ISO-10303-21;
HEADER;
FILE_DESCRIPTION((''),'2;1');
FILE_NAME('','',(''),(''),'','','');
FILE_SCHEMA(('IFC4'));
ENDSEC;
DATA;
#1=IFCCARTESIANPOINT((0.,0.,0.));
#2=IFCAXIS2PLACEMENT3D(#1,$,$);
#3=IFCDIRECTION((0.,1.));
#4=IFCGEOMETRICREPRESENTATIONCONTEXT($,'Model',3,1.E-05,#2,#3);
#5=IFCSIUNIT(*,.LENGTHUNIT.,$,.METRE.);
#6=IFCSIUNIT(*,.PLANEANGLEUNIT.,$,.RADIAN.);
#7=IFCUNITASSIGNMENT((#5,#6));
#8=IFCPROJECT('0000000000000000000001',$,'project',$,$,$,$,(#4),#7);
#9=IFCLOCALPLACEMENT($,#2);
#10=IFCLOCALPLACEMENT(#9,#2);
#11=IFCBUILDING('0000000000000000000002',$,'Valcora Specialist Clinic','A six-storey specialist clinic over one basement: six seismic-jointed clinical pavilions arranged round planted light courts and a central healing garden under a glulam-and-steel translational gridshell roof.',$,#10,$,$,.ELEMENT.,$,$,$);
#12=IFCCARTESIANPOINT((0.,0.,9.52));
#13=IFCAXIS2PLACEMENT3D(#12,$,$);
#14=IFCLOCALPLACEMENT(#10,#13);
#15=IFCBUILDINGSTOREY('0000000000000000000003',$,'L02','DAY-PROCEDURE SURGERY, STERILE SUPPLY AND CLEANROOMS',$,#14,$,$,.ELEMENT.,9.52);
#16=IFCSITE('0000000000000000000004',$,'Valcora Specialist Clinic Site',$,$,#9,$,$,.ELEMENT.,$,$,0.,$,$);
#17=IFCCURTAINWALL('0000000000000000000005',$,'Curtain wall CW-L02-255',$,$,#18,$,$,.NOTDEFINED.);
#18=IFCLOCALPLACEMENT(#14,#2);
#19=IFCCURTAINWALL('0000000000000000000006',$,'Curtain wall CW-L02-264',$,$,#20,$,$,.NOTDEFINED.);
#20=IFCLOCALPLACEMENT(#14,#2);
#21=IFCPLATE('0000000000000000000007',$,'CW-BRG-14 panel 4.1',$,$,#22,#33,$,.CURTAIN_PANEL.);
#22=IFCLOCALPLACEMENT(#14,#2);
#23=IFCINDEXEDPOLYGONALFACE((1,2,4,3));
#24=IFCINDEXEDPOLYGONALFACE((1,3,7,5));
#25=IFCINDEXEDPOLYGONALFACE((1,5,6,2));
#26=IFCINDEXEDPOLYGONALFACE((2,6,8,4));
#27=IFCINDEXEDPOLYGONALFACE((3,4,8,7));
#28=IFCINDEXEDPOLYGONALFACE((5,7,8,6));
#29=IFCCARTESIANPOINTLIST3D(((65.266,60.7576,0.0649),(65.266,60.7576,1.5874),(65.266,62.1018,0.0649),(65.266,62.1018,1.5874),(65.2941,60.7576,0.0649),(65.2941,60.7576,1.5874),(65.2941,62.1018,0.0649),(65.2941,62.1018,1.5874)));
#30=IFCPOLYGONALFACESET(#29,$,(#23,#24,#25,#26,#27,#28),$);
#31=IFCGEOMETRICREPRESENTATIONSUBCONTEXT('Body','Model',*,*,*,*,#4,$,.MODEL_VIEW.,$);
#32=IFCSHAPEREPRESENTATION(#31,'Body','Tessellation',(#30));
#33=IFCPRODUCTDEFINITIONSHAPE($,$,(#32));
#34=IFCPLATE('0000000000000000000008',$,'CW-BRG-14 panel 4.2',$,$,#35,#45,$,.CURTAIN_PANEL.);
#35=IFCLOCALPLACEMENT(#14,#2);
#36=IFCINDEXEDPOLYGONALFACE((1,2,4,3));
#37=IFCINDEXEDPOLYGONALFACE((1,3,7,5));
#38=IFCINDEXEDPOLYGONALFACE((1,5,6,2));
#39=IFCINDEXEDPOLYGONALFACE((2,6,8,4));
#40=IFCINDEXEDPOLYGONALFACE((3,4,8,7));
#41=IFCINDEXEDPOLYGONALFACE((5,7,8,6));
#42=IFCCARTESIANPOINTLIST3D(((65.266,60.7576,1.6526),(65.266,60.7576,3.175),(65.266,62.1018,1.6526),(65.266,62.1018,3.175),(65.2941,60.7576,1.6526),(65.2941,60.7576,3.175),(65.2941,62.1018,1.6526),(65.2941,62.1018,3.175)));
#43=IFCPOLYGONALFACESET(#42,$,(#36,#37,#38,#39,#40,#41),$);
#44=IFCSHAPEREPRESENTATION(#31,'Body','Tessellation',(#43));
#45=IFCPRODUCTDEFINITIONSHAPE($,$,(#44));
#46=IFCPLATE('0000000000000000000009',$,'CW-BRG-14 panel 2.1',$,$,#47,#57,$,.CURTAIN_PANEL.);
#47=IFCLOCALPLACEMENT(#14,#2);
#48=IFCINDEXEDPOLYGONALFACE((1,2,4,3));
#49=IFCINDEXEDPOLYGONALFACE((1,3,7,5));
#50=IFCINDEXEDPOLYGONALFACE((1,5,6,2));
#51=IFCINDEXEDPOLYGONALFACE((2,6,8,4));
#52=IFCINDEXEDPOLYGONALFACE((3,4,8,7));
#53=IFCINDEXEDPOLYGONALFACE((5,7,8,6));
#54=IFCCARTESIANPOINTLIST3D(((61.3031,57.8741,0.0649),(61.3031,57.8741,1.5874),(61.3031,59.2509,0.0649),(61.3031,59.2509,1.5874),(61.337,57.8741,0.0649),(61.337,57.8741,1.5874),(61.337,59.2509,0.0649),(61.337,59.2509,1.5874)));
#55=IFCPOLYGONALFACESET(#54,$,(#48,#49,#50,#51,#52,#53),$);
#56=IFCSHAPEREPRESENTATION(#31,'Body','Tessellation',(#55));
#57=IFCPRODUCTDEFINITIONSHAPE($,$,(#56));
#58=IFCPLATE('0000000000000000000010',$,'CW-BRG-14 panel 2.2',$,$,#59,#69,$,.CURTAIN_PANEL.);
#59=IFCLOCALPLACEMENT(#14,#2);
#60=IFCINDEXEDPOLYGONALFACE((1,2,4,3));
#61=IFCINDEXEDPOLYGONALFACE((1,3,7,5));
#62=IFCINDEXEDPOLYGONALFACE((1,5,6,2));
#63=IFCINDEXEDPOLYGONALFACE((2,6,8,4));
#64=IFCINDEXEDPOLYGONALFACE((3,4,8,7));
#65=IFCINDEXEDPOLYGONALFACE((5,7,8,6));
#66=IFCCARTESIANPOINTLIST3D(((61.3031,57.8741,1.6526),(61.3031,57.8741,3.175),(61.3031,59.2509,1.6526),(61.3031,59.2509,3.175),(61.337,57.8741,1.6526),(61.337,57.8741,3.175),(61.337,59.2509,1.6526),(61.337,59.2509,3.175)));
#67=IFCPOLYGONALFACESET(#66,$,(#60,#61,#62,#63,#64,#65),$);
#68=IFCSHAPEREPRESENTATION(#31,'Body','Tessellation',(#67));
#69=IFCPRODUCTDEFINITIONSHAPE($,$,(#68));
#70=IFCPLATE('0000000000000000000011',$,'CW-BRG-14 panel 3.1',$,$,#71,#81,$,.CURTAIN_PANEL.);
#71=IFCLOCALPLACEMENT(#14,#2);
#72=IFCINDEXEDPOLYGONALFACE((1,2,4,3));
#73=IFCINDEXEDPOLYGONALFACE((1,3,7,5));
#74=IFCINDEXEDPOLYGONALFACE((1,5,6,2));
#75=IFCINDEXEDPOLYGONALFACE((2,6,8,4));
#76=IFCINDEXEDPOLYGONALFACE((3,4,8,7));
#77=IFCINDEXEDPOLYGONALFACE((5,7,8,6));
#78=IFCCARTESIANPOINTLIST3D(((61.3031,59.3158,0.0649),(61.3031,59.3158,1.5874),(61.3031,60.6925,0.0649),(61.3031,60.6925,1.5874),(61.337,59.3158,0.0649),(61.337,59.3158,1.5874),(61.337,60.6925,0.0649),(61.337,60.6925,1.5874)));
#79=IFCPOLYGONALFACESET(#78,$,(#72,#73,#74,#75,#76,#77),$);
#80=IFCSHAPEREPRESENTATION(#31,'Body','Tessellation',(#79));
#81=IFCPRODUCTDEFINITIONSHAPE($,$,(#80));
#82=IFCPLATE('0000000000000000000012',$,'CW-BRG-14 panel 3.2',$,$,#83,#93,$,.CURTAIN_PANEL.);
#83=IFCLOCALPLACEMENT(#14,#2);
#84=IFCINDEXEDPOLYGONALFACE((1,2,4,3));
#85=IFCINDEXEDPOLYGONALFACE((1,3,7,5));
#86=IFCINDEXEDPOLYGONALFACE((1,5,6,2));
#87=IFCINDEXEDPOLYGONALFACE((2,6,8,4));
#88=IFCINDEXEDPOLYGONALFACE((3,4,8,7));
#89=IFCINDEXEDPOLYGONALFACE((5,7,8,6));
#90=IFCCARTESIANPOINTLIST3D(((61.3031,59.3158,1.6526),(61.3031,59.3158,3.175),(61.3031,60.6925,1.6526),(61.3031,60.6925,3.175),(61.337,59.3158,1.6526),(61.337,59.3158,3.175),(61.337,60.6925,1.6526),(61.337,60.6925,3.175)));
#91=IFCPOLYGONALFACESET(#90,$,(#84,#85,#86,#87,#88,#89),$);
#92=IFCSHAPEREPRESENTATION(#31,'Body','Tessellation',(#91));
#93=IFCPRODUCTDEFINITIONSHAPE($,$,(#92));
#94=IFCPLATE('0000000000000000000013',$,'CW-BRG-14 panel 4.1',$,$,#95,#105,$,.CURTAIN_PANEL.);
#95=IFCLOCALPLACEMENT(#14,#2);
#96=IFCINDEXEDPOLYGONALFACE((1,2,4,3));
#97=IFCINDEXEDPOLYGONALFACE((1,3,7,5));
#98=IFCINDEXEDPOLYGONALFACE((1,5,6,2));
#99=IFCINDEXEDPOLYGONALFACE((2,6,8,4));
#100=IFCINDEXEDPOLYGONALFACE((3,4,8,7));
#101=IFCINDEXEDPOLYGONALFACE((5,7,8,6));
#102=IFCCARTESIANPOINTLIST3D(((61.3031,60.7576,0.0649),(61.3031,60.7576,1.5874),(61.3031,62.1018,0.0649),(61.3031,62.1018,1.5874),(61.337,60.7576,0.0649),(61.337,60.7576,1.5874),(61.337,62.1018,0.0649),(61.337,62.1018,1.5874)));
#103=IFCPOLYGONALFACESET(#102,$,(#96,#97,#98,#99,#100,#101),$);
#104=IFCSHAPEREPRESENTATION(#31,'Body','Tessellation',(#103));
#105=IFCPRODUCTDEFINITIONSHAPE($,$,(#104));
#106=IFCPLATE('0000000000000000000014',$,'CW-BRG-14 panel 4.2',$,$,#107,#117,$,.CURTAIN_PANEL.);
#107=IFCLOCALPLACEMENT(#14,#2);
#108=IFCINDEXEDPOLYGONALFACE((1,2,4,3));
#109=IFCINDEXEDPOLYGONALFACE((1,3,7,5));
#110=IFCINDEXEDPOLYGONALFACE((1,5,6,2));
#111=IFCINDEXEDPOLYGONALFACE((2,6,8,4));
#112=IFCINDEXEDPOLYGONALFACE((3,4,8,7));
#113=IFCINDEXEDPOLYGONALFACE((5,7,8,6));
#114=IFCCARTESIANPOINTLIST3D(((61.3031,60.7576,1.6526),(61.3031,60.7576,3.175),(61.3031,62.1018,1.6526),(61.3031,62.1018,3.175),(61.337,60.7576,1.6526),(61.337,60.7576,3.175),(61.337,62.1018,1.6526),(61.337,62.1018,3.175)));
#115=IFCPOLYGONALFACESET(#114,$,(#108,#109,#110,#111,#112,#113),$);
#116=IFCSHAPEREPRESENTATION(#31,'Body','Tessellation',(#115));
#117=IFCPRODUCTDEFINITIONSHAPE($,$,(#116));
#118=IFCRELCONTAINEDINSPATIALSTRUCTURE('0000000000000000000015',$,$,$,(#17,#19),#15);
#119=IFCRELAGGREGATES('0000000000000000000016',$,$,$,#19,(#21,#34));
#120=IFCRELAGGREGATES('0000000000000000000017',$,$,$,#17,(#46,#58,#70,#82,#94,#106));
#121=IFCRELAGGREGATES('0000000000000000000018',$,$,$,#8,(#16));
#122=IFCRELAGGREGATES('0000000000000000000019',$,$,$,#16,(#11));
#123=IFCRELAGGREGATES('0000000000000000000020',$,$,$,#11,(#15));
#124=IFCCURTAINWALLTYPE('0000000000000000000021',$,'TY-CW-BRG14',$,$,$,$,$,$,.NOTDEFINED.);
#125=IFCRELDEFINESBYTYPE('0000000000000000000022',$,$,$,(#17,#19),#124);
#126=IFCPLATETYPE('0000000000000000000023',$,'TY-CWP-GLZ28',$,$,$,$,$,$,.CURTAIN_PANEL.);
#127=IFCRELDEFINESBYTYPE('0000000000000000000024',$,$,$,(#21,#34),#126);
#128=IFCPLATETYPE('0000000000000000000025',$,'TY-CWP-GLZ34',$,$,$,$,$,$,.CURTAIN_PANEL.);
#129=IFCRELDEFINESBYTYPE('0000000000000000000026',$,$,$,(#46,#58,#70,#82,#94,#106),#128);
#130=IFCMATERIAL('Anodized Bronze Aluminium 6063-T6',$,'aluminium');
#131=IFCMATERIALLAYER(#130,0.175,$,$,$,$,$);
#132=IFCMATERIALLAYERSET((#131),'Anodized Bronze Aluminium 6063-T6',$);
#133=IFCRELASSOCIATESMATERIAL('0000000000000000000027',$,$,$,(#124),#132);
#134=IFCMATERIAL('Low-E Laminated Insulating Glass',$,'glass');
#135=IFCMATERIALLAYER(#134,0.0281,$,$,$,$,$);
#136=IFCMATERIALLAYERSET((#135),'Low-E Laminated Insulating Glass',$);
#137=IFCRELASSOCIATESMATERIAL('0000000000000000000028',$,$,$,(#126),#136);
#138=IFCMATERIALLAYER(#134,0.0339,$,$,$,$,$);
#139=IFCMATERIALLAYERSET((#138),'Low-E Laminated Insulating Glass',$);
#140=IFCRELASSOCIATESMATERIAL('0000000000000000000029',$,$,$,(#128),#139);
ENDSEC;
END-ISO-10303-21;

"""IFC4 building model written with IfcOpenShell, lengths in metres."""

from ifc_helpers import new_model, si_unit, direction, frame, origin, origin_2d, place, context, subcontext, project, spatial, rectangle, extrude, material, layer, layer_set, type_object, element, aggregate, save


model = new_model("IFC4")

# Units and contexts
model_context = context("Model", 3, precision=1e-05, world=origin(), true_north=direction((0.0, 1.0)))
body_context = subcontext(model_context, "Body", "Model", "MODEL_VIEW")
ifc_project = project(units=[si_unit("LENGTHUNIT", "METRE"), si_unit("PLANEANGLEUNIT", "RADIAN")], contexts=[model_context])

# Site, building, storey
site_placement = place(None, origin())
site = spatial("IfcSite", under=ifc_project, at=site_placement, Name="Valcora Specialist Clinic Site", CompositionType="ELEMENT", RefElevation=0.0)
building_placement = place(site_placement, origin())
building = spatial("IfcBuilding", under=site, at=building_placement, Name="Valcora Specialist Clinic", Description="A six-storey specialist clinic over one basement: six seismic-jointed clinical pavilions arranged round planted light courts and a central healing garden under a glulam-and-steel translational gridshell roof.", CompositionType="ELEMENT")
storey_placement = place(building_placement, frame((0.0, 0.0, 9.52)))
storey = spatial("IfcBuildingStorey", under=building, at=storey_placement, Name="L02", Description="DAY-PROCEDURE SURGERY, STERILE SUPPLY AND CLEANROOMS", CompositionType="ELEMENT", Elevation=9.52)

# Curtain wall
ifc_material_1 = material(Name="Anodized Bronze Aluminium 6063-T6", Category="aluminium")
ifc_layer_1 = layer(ifc_material_1, 0.175)
ifc_layer_set_1 = layer_set([ifc_layer_1], Name="Anodized Bronze Aluminium 6063-T6")
curtain_wall_type = type_object("IfcCurtainWallType", Name="TY-CW-BRG14", PredefinedType="NOTDEFINED", material=ifc_layer_set_1)
curtain_wall_1_placement = place(storey_placement, origin())
curtain_wall_1 = element("IfcCurtainWall", 1, at=curtain_wall_1_placement, inside=storey, type_object=curtain_wall_type, Name="Curtain wall CW-L02-255", PredefinedType="NOTDEFINED")

# Curtain wall
curtain_wall_2_placement = place(storey_placement, origin())
curtain_wall_2 = element("IfcCurtainWall", 2, at=curtain_wall_2_placement, inside=storey, type_object=curtain_wall_type, Name="Curtain wall CW-L02-264", PredefinedType="NOTDEFINED")

# Plates
ifc_material_2 = material(Name="Low-E Laminated Insulating Glass", Category="glass")
ifc_layer_2 = layer(ifc_material_2, 0.0281)
ifc_layer_set_2 = layer_set([ifc_layer_2], Name="Low-E Laminated Insulating Glass")
plate_type_1 = type_object("IfcPlateType", Name="TY-CWP-GLZ28", PredefinedType="CURTAIN_PANEL", material=ifc_layer_set_2)
plate_1_placement = place(storey_placement, frame((65.28, 61.4297, 0.0649), z_axis=(0.0, 0.0, 1.0), x_axis=(0.0, 1.0, 0.0)))
plate_1 = element("IfcPlate", 3, at=plate_1_placement, type_object=plate_type_1, Name="CW-BRG-14 panel 4.1", PredefinedType="CURTAIN_PANEL", context=body_context, shape_type="SweptSolid", body=[
    extrude(rectangle(XDim=1.3442, YDim=0.0281, at=origin_2d()), origin(), (0.0, 0.0, 1.0), 1.5225),
])
plate_2_placement = place(storey_placement, frame((65.28, 61.4297, 1.6526), z_axis=(0.0, 0.0, 1.0), x_axis=(0.0, 1.0, 0.0)))
plate_2 = element("IfcPlate", 4, at=plate_2_placement, type_object=plate_type_1, Name="CW-BRG-14 panel 4.2", PredefinedType="CURTAIN_PANEL", context=body_context, shape_type="SweptSolid", body=[
    extrude(rectangle(XDim=1.3442, YDim=0.0281, at=origin_2d()), origin(), (0.0, 0.0, 1.0), 1.5225),
])
aggregate(curtain_wall_2, [plate_1, plate_2])
ifc_layer_3 = layer(ifc_material_2, 0.0339)
ifc_layer_set_3 = layer_set([ifc_layer_3], Name="Low-E Laminated Insulating Glass")
plate_type_2 = type_object("IfcPlateType", Name="TY-CWP-GLZ34", PredefinedType="CURTAIN_PANEL", material=ifc_layer_set_3)
plate_3_placement = place(storey_placement, frame((61.3201, 58.5625, 0.0649), z_axis=(0.0, 0.0, 1.0), x_axis=(0.0, 1.0, 0.0)))
plate_3 = element("IfcPlate", 5, at=plate_3_placement, type_object=plate_type_2, Name="CW-BRG-14 panel 2.1", PredefinedType="CURTAIN_PANEL", context=body_context, shape_type="SweptSolid", body=[
    extrude(rectangle(XDim=1.3767, YDim=0.0339, at=origin_2d()), origin(), (0.0, 0.0, 1.0), 1.5225),
])
plate_4_placement = place(storey_placement, frame((61.3201, 58.5625, 1.6526), z_axis=(0.0, 0.0, 1.0), x_axis=(0.0, 1.0, 0.0)))
plate_4 = element("IfcPlate", 6, at=plate_4_placement, type_object=plate_type_2, Name="CW-BRG-14 panel 2.2", PredefinedType="CURTAIN_PANEL", context=body_context, shape_type="SweptSolid", body=[
    extrude(rectangle(XDim=1.3767, YDim=0.0339, at=origin_2d()), origin(), (0.0, 0.0, 1.0), 1.5225),
])
plate_5_placement = place(storey_placement, frame((61.3201, 60.0042, 0.0649), z_axis=(0.0, 0.0, 1.0), x_axis=(0.0, 1.0, 0.0)))
plate_5 = element("IfcPlate", 7, at=plate_5_placement, type_object=plate_type_2, Name="CW-BRG-14 panel 3.1", PredefinedType="CURTAIN_PANEL", context=body_context, shape_type="SweptSolid", body=[
    extrude(rectangle(XDim=1.3767, YDim=0.0339, at=origin_2d()), origin(), (0.0, 0.0, 1.0), 1.5225),
])
plate_6_placement = place(storey_placement, frame((61.3201, 60.0042, 1.6526), z_axis=(0.0, 0.0, 1.0), x_axis=(0.0, 1.0, 0.0)))
plate_6 = element("IfcPlate", 8, at=plate_6_placement, type_object=plate_type_2, Name="CW-BRG-14 panel 3.2", PredefinedType="CURTAIN_PANEL", context=body_context, shape_type="SweptSolid", body=[
    extrude(rectangle(XDim=1.3767, YDim=0.0339, at=origin_2d()), origin(), (0.0, 0.0, 1.0), 1.5225),
])
plate_7_placement = place(storey_placement, frame((61.3201, 61.4297, 0.0649), z_axis=(0.0, 0.0, 1.0), x_axis=(0.0, 1.0, 0.0)))
plate_7 = element("IfcPlate", 9, at=plate_7_placement, type_object=plate_type_2, Name="CW-BRG-14 panel 4.1", PredefinedType="CURTAIN_PANEL", context=body_context, shape_type="SweptSolid", body=[
    extrude(rectangle(XDim=1.3442, YDim=0.0339, at=origin_2d()), origin(), (0.0, 0.0, 1.0), 1.5225),
])
plate_8_placement = place(storey_placement, frame((61.3201, 61.4297, 1.6526), z_axis=(0.0, 0.0, 1.0), x_axis=(0.0, 1.0, 0.0)))
plate_8 = element("IfcPlate", 10, at=plate_8_placement, type_object=plate_type_2, Name="CW-BRG-14 panel 4.2", PredefinedType="CURTAIN_PANEL", context=body_context, shape_type="SweptSolid", body=[
    extrude(rectangle(XDim=1.3442, YDim=0.0339, at=origin_2d()), origin(), (0.0, 0.0, 1.0), 1.5225),
])
aggregate(curtain_wall_1, [plate_3, plate_4, plate_5, plate_6, plate_7, plate_8])

save(model, "model.ifc")
